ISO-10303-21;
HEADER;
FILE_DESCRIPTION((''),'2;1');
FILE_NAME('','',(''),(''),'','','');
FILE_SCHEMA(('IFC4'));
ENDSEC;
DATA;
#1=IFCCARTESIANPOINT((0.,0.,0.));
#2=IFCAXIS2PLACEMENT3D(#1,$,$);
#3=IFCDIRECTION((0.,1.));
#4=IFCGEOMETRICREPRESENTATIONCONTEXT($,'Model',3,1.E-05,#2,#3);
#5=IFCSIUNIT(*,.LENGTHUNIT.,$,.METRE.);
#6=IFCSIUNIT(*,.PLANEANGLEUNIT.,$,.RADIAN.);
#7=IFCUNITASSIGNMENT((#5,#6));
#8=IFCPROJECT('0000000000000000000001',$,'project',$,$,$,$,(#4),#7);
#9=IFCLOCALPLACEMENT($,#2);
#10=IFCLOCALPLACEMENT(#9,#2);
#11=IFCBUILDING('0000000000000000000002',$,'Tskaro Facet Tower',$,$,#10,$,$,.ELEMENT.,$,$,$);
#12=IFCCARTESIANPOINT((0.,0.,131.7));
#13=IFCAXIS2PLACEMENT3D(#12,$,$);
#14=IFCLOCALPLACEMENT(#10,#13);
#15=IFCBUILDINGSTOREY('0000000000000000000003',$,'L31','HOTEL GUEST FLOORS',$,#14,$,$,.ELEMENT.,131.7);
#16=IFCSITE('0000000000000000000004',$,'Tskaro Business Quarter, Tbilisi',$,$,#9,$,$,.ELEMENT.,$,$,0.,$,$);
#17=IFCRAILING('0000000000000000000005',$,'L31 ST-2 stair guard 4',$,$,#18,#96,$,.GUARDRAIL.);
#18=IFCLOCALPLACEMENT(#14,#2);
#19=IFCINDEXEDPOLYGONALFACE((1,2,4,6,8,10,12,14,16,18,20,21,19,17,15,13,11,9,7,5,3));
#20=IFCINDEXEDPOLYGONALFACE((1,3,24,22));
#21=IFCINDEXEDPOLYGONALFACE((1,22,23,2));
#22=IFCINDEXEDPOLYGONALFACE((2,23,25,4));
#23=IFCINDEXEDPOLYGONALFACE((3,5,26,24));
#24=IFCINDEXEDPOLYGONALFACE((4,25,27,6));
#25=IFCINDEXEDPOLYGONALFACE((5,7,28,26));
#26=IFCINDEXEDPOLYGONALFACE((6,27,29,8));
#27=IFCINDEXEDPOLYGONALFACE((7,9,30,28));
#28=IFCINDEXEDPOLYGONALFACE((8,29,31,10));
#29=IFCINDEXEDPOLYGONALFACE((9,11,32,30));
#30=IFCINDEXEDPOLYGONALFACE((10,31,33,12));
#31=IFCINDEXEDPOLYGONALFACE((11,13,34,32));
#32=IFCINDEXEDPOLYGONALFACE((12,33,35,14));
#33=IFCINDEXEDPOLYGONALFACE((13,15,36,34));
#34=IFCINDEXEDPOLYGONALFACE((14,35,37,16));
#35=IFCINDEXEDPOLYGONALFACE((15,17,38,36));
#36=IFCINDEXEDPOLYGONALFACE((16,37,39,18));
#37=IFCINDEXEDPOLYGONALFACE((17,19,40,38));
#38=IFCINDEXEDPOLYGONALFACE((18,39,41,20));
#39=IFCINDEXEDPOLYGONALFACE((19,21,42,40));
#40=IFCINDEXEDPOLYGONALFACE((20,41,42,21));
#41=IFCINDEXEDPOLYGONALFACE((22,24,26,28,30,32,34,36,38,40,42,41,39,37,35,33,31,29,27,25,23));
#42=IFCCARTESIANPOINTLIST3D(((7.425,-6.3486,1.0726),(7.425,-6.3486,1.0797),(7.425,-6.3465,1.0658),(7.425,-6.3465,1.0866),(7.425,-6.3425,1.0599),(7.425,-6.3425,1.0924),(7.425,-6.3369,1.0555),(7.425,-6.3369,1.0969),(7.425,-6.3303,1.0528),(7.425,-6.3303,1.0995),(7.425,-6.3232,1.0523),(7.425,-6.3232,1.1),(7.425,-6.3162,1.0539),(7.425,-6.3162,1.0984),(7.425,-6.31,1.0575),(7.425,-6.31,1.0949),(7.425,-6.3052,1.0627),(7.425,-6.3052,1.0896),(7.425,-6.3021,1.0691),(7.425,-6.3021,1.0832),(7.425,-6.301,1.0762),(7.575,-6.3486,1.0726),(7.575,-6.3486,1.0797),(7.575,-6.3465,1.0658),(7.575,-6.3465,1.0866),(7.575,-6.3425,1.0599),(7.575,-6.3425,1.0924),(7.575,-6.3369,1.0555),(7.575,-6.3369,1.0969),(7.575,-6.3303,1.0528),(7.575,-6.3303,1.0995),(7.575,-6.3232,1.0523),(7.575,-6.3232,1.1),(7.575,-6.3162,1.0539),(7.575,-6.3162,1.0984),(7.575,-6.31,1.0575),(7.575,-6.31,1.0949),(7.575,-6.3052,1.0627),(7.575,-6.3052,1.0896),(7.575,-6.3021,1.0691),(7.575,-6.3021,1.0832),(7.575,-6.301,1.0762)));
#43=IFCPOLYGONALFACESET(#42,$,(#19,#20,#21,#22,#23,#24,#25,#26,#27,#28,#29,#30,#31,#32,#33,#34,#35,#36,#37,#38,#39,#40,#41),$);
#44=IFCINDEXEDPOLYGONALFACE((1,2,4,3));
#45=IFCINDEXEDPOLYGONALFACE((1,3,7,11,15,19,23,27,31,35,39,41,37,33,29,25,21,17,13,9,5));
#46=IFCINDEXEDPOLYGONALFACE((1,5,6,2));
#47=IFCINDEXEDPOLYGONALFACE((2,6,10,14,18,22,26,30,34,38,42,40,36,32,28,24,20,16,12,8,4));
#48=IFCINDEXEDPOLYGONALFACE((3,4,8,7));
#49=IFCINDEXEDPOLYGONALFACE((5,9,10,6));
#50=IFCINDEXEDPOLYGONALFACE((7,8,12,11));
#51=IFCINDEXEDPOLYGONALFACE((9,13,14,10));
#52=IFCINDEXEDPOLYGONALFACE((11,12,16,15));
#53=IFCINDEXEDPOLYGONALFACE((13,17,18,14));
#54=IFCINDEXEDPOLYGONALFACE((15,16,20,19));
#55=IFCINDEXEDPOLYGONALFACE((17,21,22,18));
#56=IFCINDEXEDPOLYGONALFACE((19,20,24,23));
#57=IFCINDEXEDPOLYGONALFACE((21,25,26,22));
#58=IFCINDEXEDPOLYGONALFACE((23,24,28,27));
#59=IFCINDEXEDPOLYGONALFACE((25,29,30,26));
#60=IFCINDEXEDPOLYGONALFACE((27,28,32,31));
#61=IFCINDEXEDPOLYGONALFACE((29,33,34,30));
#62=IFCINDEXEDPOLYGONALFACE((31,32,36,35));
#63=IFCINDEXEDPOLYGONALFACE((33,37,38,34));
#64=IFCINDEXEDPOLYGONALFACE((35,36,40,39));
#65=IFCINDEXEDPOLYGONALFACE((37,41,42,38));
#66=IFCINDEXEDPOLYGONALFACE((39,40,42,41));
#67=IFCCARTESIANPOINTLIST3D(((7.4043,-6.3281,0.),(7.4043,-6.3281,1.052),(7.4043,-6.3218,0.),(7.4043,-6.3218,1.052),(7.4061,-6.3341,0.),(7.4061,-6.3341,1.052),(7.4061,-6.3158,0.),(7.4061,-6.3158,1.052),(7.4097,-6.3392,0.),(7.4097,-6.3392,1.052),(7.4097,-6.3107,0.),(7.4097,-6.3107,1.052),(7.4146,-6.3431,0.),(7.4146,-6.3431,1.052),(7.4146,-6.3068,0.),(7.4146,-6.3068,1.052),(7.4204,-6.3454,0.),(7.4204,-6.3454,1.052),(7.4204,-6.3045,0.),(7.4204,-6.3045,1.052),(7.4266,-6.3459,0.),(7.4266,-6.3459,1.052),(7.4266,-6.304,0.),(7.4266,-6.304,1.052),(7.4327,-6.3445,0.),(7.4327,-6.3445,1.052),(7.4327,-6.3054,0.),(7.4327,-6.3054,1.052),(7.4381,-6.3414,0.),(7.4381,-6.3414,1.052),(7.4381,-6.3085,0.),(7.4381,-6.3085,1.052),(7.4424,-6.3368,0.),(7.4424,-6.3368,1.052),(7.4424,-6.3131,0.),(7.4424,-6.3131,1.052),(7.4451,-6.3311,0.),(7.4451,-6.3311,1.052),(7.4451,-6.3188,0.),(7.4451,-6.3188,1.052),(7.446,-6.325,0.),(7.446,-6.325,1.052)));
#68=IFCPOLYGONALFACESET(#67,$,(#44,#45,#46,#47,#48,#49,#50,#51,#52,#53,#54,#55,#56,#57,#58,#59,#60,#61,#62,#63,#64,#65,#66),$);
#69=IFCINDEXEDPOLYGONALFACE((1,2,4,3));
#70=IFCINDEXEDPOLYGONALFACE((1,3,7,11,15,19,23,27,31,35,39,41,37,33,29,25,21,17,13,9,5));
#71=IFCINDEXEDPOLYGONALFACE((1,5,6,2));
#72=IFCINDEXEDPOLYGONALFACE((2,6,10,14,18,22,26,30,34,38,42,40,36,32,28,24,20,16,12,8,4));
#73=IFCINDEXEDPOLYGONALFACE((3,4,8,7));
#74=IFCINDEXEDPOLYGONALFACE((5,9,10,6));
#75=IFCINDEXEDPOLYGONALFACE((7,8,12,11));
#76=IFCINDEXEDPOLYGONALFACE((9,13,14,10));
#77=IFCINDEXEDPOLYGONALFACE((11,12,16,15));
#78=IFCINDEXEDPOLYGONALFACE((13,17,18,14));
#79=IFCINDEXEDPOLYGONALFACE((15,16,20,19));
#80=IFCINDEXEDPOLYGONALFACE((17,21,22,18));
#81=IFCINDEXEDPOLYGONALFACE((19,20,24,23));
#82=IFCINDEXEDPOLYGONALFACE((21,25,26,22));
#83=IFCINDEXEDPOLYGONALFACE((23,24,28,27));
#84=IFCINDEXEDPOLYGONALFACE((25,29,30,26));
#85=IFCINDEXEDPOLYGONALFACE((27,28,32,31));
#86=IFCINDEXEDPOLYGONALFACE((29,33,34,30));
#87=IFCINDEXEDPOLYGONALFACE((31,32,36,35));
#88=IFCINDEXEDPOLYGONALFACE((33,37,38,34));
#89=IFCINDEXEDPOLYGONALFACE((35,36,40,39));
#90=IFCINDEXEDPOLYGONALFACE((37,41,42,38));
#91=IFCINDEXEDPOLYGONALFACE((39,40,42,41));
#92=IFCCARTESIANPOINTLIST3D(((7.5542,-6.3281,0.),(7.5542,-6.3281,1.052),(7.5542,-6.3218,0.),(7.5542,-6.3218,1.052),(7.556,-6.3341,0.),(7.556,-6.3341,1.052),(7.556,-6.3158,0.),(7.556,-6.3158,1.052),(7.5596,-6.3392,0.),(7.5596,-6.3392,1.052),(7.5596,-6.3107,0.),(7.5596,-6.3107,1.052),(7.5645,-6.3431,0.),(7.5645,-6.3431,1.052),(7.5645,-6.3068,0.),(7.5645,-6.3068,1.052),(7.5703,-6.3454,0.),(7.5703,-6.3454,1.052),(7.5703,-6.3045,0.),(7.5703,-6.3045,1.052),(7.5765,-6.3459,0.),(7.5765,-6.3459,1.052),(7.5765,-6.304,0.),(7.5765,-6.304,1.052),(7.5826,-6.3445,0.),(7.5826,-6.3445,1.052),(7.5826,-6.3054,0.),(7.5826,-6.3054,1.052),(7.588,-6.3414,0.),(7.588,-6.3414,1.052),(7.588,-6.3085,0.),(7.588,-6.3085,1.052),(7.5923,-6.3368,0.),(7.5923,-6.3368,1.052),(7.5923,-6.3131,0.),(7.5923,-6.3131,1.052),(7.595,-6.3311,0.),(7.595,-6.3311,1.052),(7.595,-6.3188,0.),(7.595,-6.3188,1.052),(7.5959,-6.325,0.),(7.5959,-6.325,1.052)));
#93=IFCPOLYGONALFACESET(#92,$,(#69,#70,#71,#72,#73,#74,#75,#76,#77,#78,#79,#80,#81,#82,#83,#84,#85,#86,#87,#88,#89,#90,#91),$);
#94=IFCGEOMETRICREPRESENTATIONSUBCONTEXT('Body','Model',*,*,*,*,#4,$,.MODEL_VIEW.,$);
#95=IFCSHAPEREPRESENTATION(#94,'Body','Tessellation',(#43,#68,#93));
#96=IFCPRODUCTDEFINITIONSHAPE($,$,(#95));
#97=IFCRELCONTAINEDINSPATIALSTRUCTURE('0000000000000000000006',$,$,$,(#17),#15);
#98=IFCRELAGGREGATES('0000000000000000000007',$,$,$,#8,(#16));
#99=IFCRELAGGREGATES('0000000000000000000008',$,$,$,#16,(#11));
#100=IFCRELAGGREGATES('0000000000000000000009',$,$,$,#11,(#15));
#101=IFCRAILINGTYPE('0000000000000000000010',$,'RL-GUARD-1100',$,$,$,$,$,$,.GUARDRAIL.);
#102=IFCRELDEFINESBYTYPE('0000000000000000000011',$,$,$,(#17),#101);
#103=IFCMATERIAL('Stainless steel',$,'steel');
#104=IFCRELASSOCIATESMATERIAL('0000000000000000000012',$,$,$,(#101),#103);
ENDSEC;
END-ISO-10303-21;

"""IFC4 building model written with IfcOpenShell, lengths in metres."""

from ifc_helpers import new_model, si_unit, direction, frame, origin, origin_2d, place, context, subcontext, project, spatial, circle, extrude, material, type_object, element, save


model = new_model("IFC4")

# Units and contexts
model_context = context("Model", 3, precision=1e-05, world=origin(), true_north=direction((0.0, 1.0)))
body_context = subcontext(model_context, "Body", "Model", "MODEL_VIEW")
ifc_project = project(units=[si_unit("LENGTHUNIT", "METRE"), si_unit("PLANEANGLEUNIT", "RADIAN")], contexts=[model_context])

# Site, building, storey
site_placement = place(None, origin())
site = spatial("IfcSite", under=ifc_project, at=site_placement, Name="Tskaro Business Quarter, Tbilisi", CompositionType="ELEMENT", RefElevation=0.0)
building_placement = place(site_placement, origin())
building = spatial("IfcBuilding", under=site, at=building_placement, Name="Tskaro Facet Tower", CompositionType="ELEMENT")
storey_placement = place(building_placement, frame((0.0, 0.0, 131.7)))
storey = spatial("IfcBuildingStorey", under=building, at=storey_placement, Name="L31", Description="HOTEL GUEST FLOORS", CompositionType="ELEMENT", Elevation=131.7)

# Railing
ifc_material_1 = material(Name="Stainless steel", Category="steel")
railing_type_1 = type_object("IfcRailingType", Name="RL-GUARD-1100", PredefinedType="GUARDRAIL", material=ifc_material_1)
railing_1_placement = place(storey_placement, frame((7.425, -6.325, 0.0)))
element("IfcRailing", 1, at=railing_1_placement, inside=storey, type_object=railing_type_1, Name="L31 ST-2 stair guard 4", PredefinedType="GUARDRAIL", context=body_context, shape_type="SweptSolid", body=[
    extrude(circle(Radius=0.0239, at=origin_2d()), frame((0.0, 0.0, 1.0762), z_axis=(1.0, 0.0, 0.0), x_axis=(0.0, 1.0, 0.0)), (0.0, 0.0, 1.0), 0.1499),
    extrude(circle(Radius=0.021, at=origin_2d()), origin(), (0.0, 0.0, 1.0), 1.052),
    extrude(circle(Radius=0.021, at=origin_2d()), frame((0.1499, 0.0, 0.0)), (0.0, 0.0, 1.0), 1.052),
])

save(model, "model.ifc")
